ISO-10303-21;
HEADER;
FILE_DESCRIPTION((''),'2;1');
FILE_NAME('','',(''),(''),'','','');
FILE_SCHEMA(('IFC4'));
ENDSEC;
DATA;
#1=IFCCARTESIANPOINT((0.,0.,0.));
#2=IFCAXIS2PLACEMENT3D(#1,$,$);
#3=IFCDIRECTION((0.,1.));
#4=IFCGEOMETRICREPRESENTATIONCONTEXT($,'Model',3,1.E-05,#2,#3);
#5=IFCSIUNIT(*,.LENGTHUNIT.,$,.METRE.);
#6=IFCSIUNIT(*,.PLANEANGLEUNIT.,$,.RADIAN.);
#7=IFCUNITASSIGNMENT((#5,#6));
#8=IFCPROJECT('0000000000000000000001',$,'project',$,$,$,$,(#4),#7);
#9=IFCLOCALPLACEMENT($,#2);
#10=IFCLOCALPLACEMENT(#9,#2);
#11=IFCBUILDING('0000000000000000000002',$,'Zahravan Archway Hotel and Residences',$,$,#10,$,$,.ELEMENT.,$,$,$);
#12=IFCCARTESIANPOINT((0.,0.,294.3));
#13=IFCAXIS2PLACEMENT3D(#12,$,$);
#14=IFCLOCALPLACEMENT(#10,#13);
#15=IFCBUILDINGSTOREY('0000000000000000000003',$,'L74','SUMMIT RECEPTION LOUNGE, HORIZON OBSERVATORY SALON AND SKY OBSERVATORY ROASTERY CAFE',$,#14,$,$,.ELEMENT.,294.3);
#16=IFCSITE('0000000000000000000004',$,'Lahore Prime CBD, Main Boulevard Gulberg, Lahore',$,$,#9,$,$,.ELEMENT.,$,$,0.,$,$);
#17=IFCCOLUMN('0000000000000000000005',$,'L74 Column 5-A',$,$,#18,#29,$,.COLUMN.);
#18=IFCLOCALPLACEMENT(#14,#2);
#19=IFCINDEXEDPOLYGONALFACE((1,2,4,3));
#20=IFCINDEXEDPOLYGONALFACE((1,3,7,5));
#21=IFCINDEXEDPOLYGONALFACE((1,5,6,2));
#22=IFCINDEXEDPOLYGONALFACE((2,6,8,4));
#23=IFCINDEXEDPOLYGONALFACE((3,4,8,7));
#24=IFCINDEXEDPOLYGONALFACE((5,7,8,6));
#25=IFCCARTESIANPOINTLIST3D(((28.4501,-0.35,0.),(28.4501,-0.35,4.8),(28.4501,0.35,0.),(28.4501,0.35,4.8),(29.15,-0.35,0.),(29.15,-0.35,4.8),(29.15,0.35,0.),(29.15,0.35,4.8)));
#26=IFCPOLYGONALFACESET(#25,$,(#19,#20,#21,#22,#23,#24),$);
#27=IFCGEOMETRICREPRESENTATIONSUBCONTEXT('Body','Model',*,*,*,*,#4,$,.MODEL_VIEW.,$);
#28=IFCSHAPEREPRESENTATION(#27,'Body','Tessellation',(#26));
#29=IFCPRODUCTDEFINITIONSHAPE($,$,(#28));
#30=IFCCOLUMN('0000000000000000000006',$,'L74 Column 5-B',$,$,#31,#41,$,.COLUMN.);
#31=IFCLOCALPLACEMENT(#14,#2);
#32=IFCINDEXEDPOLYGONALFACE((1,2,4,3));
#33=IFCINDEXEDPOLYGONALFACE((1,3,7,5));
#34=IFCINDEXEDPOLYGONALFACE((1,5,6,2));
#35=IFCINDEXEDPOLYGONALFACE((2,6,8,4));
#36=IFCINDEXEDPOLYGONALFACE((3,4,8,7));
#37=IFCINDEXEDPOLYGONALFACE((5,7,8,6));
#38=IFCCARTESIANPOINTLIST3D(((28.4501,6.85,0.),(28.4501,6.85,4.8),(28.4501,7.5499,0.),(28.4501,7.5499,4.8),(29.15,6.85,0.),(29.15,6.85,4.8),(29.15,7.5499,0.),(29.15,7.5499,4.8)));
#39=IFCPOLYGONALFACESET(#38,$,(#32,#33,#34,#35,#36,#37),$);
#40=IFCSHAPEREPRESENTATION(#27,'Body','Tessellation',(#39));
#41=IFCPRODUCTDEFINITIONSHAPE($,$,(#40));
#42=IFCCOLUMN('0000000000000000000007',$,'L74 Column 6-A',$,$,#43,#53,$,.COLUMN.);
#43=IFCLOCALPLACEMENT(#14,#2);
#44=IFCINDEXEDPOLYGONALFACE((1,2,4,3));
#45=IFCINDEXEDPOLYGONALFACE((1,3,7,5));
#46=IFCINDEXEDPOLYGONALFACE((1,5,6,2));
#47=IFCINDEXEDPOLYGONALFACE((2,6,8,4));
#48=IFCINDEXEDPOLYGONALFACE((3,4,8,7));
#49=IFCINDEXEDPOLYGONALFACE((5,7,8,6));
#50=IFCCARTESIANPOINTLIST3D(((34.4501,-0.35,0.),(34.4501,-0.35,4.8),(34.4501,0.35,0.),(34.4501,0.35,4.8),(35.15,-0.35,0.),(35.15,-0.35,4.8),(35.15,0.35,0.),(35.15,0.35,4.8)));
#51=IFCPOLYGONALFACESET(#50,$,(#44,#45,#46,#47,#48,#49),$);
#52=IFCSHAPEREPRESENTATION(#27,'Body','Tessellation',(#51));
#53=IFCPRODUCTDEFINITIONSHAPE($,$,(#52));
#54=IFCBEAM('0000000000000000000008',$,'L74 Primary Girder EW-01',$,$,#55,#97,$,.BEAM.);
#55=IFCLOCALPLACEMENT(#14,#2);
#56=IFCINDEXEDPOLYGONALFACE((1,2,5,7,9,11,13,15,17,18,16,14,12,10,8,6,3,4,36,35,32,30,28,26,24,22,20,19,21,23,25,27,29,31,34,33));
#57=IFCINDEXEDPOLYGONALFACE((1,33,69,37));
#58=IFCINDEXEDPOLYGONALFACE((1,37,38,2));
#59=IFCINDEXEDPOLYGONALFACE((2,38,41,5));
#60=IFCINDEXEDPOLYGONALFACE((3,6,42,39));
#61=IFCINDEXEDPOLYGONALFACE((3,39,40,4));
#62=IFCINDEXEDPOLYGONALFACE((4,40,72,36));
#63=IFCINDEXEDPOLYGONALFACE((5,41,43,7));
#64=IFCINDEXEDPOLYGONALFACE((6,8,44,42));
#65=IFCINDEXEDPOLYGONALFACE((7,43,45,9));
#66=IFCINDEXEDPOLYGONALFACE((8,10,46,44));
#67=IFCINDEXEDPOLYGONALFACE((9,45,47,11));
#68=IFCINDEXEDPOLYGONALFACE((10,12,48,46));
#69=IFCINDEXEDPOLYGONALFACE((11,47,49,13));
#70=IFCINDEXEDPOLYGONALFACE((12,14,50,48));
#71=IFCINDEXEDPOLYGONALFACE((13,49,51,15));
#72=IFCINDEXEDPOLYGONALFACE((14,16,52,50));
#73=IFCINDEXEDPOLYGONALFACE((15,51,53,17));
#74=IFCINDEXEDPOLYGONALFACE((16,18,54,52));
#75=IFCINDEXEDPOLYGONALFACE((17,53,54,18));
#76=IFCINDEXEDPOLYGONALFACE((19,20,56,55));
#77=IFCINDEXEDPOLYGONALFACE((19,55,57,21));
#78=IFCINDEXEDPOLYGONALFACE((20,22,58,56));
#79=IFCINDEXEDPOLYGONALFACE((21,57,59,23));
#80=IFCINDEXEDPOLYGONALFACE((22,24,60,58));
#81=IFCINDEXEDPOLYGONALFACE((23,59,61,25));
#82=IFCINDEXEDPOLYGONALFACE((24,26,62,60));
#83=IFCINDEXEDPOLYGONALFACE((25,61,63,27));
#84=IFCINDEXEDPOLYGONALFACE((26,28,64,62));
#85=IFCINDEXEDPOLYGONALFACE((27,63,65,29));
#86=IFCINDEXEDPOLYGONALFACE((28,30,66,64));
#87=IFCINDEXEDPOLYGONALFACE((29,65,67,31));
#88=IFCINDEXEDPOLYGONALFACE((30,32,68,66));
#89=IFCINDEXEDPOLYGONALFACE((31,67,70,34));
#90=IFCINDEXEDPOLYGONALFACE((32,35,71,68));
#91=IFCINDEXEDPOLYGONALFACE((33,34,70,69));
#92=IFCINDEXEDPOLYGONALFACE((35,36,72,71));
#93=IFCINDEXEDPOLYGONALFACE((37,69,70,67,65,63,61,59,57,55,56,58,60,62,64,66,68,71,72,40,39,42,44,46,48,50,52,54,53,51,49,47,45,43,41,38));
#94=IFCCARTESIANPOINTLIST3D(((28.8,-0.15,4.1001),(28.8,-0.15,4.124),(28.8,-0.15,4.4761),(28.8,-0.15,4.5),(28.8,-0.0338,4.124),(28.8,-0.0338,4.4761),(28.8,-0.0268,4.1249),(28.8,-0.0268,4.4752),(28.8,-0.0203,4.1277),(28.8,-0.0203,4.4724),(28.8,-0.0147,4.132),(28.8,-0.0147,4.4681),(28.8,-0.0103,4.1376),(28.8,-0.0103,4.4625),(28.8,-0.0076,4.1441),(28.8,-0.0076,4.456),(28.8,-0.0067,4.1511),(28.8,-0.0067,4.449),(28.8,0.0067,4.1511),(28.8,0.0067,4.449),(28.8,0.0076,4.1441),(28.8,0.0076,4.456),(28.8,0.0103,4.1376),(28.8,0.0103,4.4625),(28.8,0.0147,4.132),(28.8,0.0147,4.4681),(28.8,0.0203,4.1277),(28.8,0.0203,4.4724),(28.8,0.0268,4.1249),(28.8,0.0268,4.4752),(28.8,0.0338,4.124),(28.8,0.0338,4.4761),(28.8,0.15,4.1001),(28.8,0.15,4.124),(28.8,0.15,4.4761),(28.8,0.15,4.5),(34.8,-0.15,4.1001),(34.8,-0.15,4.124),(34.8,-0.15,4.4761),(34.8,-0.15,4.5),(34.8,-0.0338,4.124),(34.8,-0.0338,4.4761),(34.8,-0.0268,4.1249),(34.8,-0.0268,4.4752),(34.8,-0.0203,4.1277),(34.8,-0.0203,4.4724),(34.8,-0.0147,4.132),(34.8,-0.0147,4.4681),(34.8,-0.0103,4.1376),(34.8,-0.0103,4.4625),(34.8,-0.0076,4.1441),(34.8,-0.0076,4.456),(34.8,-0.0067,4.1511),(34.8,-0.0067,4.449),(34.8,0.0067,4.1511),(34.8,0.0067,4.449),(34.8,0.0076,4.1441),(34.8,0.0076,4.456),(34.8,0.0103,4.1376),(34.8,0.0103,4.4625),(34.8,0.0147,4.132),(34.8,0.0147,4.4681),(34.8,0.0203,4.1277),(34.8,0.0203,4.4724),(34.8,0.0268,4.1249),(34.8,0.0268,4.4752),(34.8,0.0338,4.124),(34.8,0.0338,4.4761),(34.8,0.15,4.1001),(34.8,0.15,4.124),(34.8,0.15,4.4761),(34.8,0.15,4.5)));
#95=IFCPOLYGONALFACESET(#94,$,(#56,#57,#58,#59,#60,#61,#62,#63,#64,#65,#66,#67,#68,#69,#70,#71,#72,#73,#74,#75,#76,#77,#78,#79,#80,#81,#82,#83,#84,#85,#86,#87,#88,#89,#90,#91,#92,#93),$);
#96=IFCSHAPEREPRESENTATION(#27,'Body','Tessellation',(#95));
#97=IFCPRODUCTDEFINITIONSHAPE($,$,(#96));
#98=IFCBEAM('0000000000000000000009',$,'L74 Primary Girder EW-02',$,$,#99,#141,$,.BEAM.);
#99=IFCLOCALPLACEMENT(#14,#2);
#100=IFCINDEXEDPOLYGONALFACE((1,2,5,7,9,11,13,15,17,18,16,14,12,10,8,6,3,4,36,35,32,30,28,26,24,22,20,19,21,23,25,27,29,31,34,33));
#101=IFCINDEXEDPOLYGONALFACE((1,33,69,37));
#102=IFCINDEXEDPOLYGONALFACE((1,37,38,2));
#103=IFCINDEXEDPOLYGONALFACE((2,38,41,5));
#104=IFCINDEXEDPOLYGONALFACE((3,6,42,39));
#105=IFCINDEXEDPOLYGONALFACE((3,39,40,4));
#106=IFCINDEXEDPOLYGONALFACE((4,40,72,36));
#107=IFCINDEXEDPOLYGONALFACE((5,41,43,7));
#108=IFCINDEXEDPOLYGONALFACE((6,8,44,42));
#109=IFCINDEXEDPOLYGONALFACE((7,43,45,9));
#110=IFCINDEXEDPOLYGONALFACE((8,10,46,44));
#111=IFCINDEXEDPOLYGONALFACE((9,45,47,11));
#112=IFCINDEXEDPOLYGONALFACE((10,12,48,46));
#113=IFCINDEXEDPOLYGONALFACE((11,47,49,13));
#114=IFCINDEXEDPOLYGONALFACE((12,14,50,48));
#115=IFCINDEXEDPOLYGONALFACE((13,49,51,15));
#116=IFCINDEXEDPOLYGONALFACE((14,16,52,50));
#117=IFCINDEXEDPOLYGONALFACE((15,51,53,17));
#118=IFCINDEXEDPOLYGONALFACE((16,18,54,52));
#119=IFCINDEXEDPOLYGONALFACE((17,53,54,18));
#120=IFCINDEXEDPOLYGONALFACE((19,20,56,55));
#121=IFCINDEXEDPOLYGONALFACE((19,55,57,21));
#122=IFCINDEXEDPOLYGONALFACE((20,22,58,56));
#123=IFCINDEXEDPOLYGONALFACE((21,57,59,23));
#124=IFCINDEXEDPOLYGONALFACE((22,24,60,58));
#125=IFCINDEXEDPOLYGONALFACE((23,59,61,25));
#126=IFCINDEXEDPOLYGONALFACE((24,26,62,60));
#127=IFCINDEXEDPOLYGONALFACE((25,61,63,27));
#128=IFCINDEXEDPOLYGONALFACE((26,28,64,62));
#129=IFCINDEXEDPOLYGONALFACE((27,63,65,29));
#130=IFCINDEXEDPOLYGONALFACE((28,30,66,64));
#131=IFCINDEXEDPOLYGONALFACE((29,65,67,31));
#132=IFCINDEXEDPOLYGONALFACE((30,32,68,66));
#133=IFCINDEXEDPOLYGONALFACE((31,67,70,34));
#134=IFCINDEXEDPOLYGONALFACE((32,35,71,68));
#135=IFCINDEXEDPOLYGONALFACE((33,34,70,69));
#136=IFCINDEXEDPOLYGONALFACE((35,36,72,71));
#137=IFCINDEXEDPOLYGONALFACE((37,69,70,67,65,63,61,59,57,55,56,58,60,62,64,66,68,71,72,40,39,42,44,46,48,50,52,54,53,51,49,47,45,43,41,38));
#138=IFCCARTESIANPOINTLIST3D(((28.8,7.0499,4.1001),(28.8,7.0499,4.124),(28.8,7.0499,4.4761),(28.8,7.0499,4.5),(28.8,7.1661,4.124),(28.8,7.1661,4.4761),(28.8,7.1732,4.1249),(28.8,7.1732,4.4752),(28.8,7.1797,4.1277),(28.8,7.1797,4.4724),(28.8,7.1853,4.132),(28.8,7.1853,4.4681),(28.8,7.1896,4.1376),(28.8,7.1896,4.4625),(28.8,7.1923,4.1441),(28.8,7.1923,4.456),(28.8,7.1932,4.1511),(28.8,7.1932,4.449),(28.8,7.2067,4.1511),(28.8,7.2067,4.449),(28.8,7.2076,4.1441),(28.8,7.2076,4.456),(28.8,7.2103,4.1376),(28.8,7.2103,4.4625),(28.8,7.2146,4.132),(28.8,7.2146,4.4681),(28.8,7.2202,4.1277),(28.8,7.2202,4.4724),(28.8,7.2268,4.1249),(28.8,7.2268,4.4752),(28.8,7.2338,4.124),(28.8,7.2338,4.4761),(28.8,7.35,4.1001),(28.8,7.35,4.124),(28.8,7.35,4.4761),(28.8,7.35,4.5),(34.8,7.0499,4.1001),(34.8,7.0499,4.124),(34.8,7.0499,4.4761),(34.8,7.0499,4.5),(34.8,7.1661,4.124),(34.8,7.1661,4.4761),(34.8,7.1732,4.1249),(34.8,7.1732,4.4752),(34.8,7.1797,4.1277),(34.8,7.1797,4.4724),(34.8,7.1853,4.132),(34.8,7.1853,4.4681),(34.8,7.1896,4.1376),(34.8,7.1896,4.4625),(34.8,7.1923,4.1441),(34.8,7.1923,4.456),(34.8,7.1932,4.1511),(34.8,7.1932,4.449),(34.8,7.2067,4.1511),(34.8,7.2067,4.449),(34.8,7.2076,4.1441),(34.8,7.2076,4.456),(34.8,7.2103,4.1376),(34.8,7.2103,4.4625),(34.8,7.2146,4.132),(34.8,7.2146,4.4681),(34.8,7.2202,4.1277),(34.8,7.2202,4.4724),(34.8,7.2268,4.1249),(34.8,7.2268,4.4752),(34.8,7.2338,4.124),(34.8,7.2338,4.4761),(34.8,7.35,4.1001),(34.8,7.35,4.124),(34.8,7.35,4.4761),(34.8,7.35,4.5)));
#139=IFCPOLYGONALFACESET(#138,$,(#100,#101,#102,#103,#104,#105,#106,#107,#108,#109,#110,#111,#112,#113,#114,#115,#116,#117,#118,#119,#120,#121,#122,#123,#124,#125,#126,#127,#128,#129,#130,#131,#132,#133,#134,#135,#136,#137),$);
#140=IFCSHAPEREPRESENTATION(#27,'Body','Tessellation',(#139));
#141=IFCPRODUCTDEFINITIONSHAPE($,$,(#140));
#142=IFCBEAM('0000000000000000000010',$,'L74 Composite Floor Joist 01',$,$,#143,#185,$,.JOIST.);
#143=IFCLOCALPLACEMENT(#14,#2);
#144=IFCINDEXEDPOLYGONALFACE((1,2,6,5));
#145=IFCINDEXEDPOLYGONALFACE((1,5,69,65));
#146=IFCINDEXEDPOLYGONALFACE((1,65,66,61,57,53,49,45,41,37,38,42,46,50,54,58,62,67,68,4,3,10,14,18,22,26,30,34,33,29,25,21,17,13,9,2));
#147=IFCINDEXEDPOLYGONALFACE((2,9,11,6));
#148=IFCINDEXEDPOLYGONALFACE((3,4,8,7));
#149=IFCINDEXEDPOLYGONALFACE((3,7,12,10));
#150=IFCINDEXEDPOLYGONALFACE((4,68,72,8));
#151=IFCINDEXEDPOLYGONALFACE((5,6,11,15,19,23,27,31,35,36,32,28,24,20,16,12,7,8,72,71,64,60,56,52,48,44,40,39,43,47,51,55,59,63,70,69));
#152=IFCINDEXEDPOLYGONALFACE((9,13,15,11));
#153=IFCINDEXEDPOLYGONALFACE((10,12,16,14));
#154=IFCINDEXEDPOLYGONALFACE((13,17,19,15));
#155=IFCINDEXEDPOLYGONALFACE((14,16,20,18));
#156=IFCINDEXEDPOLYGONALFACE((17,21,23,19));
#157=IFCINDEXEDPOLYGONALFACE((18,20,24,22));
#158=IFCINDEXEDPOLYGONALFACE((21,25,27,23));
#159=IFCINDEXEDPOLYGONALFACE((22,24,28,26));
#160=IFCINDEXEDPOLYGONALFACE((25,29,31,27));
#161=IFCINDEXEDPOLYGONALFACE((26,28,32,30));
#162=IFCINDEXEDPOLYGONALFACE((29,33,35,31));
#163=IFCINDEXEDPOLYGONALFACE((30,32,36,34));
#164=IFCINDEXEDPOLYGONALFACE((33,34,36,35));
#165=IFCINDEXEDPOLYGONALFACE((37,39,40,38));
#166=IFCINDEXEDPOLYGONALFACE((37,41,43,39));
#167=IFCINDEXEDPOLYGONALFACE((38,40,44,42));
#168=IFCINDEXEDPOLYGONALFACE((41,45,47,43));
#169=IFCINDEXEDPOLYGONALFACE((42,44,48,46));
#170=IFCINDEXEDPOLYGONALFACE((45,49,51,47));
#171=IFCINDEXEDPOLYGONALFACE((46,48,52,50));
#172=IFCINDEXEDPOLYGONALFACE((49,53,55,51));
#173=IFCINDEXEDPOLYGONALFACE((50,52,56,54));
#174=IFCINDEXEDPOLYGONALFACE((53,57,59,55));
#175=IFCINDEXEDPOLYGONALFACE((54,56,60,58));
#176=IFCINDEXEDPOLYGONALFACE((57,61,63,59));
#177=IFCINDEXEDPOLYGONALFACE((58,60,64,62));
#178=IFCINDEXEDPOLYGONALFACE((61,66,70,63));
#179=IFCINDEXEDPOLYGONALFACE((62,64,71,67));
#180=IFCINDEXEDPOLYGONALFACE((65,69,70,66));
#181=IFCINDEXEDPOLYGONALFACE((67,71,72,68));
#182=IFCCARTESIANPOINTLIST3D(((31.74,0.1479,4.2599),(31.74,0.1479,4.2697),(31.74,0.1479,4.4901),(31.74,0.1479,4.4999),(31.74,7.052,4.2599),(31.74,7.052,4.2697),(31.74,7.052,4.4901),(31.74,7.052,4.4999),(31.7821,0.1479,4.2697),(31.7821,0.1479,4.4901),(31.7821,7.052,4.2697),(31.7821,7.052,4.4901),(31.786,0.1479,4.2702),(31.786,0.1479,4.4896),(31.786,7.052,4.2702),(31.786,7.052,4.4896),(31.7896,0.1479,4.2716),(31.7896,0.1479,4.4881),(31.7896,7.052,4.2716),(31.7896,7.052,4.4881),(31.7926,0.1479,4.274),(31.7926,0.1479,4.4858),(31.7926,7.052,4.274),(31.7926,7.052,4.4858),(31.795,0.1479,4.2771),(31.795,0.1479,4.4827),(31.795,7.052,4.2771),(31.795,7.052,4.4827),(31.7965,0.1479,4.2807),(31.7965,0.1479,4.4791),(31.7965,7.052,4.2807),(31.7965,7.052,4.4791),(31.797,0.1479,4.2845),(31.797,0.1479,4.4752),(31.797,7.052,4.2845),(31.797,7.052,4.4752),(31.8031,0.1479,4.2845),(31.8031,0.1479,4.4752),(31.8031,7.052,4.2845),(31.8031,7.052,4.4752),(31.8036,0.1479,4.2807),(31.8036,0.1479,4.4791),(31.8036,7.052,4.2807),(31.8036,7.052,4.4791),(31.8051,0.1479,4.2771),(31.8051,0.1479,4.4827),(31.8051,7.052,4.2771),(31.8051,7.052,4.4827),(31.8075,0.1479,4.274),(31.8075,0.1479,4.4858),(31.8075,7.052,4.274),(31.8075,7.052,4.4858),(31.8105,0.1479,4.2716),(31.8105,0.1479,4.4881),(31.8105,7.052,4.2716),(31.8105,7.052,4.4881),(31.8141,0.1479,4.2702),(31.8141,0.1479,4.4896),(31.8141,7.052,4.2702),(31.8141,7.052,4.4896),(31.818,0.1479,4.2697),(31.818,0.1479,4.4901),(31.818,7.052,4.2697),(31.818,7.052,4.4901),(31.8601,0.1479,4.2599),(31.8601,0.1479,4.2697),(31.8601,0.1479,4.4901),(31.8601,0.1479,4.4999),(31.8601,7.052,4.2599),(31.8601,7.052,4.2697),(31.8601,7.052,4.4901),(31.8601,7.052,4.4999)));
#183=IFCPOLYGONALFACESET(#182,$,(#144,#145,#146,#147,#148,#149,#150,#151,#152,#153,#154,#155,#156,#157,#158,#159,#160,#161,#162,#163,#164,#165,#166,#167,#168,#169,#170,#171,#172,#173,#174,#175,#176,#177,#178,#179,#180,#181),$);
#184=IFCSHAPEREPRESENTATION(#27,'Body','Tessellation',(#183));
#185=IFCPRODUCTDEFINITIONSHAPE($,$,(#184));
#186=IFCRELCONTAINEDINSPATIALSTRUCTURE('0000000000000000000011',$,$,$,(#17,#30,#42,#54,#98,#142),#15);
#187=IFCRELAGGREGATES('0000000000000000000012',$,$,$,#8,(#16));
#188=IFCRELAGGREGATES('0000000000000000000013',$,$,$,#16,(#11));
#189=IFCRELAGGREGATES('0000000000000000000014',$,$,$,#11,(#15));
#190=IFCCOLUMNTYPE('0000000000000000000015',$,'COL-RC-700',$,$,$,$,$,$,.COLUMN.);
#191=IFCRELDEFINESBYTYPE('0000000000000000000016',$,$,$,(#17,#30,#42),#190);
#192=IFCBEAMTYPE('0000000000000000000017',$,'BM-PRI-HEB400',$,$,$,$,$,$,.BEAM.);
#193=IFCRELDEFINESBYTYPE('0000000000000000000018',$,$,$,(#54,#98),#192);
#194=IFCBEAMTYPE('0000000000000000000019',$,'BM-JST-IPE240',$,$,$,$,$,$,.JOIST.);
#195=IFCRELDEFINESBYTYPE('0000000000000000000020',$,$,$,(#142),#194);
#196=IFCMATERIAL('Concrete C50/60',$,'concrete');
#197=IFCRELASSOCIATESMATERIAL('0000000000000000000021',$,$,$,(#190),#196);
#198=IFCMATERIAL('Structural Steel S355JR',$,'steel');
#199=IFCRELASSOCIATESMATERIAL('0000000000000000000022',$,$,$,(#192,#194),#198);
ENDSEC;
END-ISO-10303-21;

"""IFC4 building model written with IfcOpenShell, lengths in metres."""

from ifc_helpers import new_model, si_unit, direction, frame, origin, origin_2d, place, context, subcontext, project, spatial, rectangle, i_section, extrude, source, transform, mapped, material, material_profile, profile_set, type_object, type_shapes, element, save


model = new_model("IFC4")

# Units and contexts
model_context = context("Model", 3, precision=1e-05, world=origin(), true_north=direction((0.0, 1.0)))
body_context = subcontext(model_context, "Body", "Model", "MODEL_VIEW")
ifc_project = project(units=[si_unit("LENGTHUNIT", "METRE"), si_unit("PLANEANGLEUNIT", "RADIAN")], contexts=[model_context])

# Site, building, storey
site_placement = place(None, origin())
site = spatial("IfcSite", under=ifc_project, at=site_placement, Name="Lahore Prime CBD, Main Boulevard Gulberg, Lahore", CompositionType="ELEMENT", RefElevation=0.0)
building_placement = place(site_placement, origin())
building = spatial("IfcBuilding", under=site, at=building_placement, Name="Zahravan Archway Hotel and Residences", CompositionType="ELEMENT")
storey_placement = place(building_placement, frame((0.0, 0.0, 294.3)))
storey = spatial("IfcBuildingStorey", under=building, at=storey_placement, Name="L74", Description="SUMMIT RECEPTION LOUNGE, HORIZON OBSERVATORY SALON AND SKY OBSERVATORY ROASTERY CAFE", CompositionType="ELEMENT", Elevation=294.3)

# Columns
ifc_material_1 = material(Name="Concrete C50/60", Category="concrete")
ifc_material_profile_1 = material_profile(ifc_material_1, rectangle(XDim=0.7, YDim=0.7, at=origin_2d()), Name="RC-COL-700x700", Category="concrete")
ifc_profile_set_1 = profile_set([ifc_material_profile_1], Name="Concrete C50/60")
column_type = type_object("IfcColumnType", Name="COL-RC-700", PredefinedType="COLUMN", material=ifc_profile_set_1)
shared_shape_1 = source(origin(), body_context, "Body", "SweptSolid", [
    extrude(rectangle(XDim=0.7, YDim=0.7, at=origin_2d()), origin(), (0.0, 0.0, 1.0), 4.8),
])
for number, where, z_axis, x_axis, name in (
    (1, (28.8, 0.0, 0.0), (0.0, 0.0, 1.0), (1.0, 0.0, 0.0), "L74 Column 5-A"),
    (2, (28.8, 7.2, 0.0), (0.0, 0.0, 1.0), (1.0, 0.0, 0.0), "L74 Column 5-B"),
    (3, (34.8, 0.0, 0.0), (0.0, 0.0, 1.0), (1.0, 0.0, 0.0), "L74 Column 6-A"),
):
    element("IfcColumn", number, at=place(storey_placement, frame(where, z_axis=z_axis, x_axis=x_axis)), inside=storey, type_object=column_type, Name=name, PredefinedType="COLUMN", context=body_context, shape_type="MappedRepresentation", body=[
        mapped(shared_shape_1, transform((0.0, 0.0, 0.0), scale=1.0)),
    ])

# Beams
ifc_material_2 = material(Name="Structural Steel S355JR", Category="steel")
ifc_material_profile_2 = material_profile(ifc_material_2, i_section(OverallWidth=0.3, OverallDepth=0.3999, WebThickness=0.0134, FlangeThickness=0.0239, FilletRadius=0.0271, at=origin_2d()), Name="HEB 400", Category="steel")
ifc_profile_set_2 = profile_set([ifc_material_profile_2], Name="Structural Steel S355JR")
beam_type_1 = type_object("IfcBeamType", Name="BM-PRI-HEB400", PredefinedType="BEAM", material=ifc_profile_set_2)
shared_shape_2 = source(origin(), body_context, "Body", "SweptSolid", [
    extrude(i_section(OverallWidth=0.3, OverallDepth=0.3999, WebThickness=0.0134, FlangeThickness=0.0239, FilletRadius=0.0271, at=origin_2d()), origin(), (0.0, 0.0, 1.0), 6.0),
])
for number, where, z_axis, x_axis, name in (
    (4, (28.8, 0.0, 4.3), (1.0, 0.0, 0.0), (0.0, 1.0, 0.0), "L74 Primary Girder EW-01"),
    (5, (28.8, 7.2, 4.3), (1.0, 0.0, 0.0), (0.0, 1.0, 0.0), "L74 Primary Girder EW-02"),
):
    element("IfcBeam", number, at=place(storey_placement, frame(where, z_axis=z_axis, x_axis=x_axis)), inside=storey, type_object=beam_type_1, Name=name, PredefinedType="BEAM", context=body_context, shape_type="MappedRepresentation", body=[
        mapped(shared_shape_2, transform((0.0, 0.0, 0.0), scale=1.0)),
    ])
ifc_material_profile_3 = material_profile(ifc_material_2, i_section(OverallWidth=0.1201, OverallDepth=0.24, WebThickness=0.0061, FlangeThickness=0.0098, FilletRadius=0.0149, at=origin_2d()), Name="IPE 240", Category="steel")
ifc_profile_set_3 = profile_set([ifc_material_profile_3], Name="Structural Steel S355JR")
beam_type_2 = type_object("IfcBeamType", Name="BM-JST-IPE240", PredefinedType="JOIST", material=ifc_profile_set_3)
shared_shape_3 = source(origin(), body_context, "Body", "SweptSolid", [
    extrude(i_section(OverallWidth=0.1201, OverallDepth=0.24, WebThickness=0.0061, FlangeThickness=0.0098, FilletRadius=0.0149, at=origin_2d()), origin(), (0.0, 0.0, 1.0), 6.9041),
])
type_shapes(beam_type_2, [shared_shape_3])
beam_1_placement = place(storey_placement, frame((31.8, 0.1479, 4.3799), z_axis=(0.0, 1.0, 0.0), x_axis=(-1.0, 0.0, 0.0)))
element("IfcBeam", 6, at=beam_1_placement, inside=storey, type_object=beam_type_2, Name="L74 Composite Floor Joist 01", PredefinedType="JOIST", context=body_context, shape_type="MappedRepresentation", body=[
    mapped(shared_shape_3, transform((0.0, 0.0, 0.0), scale=1.0)),
])

save(model, "model.ifc")
